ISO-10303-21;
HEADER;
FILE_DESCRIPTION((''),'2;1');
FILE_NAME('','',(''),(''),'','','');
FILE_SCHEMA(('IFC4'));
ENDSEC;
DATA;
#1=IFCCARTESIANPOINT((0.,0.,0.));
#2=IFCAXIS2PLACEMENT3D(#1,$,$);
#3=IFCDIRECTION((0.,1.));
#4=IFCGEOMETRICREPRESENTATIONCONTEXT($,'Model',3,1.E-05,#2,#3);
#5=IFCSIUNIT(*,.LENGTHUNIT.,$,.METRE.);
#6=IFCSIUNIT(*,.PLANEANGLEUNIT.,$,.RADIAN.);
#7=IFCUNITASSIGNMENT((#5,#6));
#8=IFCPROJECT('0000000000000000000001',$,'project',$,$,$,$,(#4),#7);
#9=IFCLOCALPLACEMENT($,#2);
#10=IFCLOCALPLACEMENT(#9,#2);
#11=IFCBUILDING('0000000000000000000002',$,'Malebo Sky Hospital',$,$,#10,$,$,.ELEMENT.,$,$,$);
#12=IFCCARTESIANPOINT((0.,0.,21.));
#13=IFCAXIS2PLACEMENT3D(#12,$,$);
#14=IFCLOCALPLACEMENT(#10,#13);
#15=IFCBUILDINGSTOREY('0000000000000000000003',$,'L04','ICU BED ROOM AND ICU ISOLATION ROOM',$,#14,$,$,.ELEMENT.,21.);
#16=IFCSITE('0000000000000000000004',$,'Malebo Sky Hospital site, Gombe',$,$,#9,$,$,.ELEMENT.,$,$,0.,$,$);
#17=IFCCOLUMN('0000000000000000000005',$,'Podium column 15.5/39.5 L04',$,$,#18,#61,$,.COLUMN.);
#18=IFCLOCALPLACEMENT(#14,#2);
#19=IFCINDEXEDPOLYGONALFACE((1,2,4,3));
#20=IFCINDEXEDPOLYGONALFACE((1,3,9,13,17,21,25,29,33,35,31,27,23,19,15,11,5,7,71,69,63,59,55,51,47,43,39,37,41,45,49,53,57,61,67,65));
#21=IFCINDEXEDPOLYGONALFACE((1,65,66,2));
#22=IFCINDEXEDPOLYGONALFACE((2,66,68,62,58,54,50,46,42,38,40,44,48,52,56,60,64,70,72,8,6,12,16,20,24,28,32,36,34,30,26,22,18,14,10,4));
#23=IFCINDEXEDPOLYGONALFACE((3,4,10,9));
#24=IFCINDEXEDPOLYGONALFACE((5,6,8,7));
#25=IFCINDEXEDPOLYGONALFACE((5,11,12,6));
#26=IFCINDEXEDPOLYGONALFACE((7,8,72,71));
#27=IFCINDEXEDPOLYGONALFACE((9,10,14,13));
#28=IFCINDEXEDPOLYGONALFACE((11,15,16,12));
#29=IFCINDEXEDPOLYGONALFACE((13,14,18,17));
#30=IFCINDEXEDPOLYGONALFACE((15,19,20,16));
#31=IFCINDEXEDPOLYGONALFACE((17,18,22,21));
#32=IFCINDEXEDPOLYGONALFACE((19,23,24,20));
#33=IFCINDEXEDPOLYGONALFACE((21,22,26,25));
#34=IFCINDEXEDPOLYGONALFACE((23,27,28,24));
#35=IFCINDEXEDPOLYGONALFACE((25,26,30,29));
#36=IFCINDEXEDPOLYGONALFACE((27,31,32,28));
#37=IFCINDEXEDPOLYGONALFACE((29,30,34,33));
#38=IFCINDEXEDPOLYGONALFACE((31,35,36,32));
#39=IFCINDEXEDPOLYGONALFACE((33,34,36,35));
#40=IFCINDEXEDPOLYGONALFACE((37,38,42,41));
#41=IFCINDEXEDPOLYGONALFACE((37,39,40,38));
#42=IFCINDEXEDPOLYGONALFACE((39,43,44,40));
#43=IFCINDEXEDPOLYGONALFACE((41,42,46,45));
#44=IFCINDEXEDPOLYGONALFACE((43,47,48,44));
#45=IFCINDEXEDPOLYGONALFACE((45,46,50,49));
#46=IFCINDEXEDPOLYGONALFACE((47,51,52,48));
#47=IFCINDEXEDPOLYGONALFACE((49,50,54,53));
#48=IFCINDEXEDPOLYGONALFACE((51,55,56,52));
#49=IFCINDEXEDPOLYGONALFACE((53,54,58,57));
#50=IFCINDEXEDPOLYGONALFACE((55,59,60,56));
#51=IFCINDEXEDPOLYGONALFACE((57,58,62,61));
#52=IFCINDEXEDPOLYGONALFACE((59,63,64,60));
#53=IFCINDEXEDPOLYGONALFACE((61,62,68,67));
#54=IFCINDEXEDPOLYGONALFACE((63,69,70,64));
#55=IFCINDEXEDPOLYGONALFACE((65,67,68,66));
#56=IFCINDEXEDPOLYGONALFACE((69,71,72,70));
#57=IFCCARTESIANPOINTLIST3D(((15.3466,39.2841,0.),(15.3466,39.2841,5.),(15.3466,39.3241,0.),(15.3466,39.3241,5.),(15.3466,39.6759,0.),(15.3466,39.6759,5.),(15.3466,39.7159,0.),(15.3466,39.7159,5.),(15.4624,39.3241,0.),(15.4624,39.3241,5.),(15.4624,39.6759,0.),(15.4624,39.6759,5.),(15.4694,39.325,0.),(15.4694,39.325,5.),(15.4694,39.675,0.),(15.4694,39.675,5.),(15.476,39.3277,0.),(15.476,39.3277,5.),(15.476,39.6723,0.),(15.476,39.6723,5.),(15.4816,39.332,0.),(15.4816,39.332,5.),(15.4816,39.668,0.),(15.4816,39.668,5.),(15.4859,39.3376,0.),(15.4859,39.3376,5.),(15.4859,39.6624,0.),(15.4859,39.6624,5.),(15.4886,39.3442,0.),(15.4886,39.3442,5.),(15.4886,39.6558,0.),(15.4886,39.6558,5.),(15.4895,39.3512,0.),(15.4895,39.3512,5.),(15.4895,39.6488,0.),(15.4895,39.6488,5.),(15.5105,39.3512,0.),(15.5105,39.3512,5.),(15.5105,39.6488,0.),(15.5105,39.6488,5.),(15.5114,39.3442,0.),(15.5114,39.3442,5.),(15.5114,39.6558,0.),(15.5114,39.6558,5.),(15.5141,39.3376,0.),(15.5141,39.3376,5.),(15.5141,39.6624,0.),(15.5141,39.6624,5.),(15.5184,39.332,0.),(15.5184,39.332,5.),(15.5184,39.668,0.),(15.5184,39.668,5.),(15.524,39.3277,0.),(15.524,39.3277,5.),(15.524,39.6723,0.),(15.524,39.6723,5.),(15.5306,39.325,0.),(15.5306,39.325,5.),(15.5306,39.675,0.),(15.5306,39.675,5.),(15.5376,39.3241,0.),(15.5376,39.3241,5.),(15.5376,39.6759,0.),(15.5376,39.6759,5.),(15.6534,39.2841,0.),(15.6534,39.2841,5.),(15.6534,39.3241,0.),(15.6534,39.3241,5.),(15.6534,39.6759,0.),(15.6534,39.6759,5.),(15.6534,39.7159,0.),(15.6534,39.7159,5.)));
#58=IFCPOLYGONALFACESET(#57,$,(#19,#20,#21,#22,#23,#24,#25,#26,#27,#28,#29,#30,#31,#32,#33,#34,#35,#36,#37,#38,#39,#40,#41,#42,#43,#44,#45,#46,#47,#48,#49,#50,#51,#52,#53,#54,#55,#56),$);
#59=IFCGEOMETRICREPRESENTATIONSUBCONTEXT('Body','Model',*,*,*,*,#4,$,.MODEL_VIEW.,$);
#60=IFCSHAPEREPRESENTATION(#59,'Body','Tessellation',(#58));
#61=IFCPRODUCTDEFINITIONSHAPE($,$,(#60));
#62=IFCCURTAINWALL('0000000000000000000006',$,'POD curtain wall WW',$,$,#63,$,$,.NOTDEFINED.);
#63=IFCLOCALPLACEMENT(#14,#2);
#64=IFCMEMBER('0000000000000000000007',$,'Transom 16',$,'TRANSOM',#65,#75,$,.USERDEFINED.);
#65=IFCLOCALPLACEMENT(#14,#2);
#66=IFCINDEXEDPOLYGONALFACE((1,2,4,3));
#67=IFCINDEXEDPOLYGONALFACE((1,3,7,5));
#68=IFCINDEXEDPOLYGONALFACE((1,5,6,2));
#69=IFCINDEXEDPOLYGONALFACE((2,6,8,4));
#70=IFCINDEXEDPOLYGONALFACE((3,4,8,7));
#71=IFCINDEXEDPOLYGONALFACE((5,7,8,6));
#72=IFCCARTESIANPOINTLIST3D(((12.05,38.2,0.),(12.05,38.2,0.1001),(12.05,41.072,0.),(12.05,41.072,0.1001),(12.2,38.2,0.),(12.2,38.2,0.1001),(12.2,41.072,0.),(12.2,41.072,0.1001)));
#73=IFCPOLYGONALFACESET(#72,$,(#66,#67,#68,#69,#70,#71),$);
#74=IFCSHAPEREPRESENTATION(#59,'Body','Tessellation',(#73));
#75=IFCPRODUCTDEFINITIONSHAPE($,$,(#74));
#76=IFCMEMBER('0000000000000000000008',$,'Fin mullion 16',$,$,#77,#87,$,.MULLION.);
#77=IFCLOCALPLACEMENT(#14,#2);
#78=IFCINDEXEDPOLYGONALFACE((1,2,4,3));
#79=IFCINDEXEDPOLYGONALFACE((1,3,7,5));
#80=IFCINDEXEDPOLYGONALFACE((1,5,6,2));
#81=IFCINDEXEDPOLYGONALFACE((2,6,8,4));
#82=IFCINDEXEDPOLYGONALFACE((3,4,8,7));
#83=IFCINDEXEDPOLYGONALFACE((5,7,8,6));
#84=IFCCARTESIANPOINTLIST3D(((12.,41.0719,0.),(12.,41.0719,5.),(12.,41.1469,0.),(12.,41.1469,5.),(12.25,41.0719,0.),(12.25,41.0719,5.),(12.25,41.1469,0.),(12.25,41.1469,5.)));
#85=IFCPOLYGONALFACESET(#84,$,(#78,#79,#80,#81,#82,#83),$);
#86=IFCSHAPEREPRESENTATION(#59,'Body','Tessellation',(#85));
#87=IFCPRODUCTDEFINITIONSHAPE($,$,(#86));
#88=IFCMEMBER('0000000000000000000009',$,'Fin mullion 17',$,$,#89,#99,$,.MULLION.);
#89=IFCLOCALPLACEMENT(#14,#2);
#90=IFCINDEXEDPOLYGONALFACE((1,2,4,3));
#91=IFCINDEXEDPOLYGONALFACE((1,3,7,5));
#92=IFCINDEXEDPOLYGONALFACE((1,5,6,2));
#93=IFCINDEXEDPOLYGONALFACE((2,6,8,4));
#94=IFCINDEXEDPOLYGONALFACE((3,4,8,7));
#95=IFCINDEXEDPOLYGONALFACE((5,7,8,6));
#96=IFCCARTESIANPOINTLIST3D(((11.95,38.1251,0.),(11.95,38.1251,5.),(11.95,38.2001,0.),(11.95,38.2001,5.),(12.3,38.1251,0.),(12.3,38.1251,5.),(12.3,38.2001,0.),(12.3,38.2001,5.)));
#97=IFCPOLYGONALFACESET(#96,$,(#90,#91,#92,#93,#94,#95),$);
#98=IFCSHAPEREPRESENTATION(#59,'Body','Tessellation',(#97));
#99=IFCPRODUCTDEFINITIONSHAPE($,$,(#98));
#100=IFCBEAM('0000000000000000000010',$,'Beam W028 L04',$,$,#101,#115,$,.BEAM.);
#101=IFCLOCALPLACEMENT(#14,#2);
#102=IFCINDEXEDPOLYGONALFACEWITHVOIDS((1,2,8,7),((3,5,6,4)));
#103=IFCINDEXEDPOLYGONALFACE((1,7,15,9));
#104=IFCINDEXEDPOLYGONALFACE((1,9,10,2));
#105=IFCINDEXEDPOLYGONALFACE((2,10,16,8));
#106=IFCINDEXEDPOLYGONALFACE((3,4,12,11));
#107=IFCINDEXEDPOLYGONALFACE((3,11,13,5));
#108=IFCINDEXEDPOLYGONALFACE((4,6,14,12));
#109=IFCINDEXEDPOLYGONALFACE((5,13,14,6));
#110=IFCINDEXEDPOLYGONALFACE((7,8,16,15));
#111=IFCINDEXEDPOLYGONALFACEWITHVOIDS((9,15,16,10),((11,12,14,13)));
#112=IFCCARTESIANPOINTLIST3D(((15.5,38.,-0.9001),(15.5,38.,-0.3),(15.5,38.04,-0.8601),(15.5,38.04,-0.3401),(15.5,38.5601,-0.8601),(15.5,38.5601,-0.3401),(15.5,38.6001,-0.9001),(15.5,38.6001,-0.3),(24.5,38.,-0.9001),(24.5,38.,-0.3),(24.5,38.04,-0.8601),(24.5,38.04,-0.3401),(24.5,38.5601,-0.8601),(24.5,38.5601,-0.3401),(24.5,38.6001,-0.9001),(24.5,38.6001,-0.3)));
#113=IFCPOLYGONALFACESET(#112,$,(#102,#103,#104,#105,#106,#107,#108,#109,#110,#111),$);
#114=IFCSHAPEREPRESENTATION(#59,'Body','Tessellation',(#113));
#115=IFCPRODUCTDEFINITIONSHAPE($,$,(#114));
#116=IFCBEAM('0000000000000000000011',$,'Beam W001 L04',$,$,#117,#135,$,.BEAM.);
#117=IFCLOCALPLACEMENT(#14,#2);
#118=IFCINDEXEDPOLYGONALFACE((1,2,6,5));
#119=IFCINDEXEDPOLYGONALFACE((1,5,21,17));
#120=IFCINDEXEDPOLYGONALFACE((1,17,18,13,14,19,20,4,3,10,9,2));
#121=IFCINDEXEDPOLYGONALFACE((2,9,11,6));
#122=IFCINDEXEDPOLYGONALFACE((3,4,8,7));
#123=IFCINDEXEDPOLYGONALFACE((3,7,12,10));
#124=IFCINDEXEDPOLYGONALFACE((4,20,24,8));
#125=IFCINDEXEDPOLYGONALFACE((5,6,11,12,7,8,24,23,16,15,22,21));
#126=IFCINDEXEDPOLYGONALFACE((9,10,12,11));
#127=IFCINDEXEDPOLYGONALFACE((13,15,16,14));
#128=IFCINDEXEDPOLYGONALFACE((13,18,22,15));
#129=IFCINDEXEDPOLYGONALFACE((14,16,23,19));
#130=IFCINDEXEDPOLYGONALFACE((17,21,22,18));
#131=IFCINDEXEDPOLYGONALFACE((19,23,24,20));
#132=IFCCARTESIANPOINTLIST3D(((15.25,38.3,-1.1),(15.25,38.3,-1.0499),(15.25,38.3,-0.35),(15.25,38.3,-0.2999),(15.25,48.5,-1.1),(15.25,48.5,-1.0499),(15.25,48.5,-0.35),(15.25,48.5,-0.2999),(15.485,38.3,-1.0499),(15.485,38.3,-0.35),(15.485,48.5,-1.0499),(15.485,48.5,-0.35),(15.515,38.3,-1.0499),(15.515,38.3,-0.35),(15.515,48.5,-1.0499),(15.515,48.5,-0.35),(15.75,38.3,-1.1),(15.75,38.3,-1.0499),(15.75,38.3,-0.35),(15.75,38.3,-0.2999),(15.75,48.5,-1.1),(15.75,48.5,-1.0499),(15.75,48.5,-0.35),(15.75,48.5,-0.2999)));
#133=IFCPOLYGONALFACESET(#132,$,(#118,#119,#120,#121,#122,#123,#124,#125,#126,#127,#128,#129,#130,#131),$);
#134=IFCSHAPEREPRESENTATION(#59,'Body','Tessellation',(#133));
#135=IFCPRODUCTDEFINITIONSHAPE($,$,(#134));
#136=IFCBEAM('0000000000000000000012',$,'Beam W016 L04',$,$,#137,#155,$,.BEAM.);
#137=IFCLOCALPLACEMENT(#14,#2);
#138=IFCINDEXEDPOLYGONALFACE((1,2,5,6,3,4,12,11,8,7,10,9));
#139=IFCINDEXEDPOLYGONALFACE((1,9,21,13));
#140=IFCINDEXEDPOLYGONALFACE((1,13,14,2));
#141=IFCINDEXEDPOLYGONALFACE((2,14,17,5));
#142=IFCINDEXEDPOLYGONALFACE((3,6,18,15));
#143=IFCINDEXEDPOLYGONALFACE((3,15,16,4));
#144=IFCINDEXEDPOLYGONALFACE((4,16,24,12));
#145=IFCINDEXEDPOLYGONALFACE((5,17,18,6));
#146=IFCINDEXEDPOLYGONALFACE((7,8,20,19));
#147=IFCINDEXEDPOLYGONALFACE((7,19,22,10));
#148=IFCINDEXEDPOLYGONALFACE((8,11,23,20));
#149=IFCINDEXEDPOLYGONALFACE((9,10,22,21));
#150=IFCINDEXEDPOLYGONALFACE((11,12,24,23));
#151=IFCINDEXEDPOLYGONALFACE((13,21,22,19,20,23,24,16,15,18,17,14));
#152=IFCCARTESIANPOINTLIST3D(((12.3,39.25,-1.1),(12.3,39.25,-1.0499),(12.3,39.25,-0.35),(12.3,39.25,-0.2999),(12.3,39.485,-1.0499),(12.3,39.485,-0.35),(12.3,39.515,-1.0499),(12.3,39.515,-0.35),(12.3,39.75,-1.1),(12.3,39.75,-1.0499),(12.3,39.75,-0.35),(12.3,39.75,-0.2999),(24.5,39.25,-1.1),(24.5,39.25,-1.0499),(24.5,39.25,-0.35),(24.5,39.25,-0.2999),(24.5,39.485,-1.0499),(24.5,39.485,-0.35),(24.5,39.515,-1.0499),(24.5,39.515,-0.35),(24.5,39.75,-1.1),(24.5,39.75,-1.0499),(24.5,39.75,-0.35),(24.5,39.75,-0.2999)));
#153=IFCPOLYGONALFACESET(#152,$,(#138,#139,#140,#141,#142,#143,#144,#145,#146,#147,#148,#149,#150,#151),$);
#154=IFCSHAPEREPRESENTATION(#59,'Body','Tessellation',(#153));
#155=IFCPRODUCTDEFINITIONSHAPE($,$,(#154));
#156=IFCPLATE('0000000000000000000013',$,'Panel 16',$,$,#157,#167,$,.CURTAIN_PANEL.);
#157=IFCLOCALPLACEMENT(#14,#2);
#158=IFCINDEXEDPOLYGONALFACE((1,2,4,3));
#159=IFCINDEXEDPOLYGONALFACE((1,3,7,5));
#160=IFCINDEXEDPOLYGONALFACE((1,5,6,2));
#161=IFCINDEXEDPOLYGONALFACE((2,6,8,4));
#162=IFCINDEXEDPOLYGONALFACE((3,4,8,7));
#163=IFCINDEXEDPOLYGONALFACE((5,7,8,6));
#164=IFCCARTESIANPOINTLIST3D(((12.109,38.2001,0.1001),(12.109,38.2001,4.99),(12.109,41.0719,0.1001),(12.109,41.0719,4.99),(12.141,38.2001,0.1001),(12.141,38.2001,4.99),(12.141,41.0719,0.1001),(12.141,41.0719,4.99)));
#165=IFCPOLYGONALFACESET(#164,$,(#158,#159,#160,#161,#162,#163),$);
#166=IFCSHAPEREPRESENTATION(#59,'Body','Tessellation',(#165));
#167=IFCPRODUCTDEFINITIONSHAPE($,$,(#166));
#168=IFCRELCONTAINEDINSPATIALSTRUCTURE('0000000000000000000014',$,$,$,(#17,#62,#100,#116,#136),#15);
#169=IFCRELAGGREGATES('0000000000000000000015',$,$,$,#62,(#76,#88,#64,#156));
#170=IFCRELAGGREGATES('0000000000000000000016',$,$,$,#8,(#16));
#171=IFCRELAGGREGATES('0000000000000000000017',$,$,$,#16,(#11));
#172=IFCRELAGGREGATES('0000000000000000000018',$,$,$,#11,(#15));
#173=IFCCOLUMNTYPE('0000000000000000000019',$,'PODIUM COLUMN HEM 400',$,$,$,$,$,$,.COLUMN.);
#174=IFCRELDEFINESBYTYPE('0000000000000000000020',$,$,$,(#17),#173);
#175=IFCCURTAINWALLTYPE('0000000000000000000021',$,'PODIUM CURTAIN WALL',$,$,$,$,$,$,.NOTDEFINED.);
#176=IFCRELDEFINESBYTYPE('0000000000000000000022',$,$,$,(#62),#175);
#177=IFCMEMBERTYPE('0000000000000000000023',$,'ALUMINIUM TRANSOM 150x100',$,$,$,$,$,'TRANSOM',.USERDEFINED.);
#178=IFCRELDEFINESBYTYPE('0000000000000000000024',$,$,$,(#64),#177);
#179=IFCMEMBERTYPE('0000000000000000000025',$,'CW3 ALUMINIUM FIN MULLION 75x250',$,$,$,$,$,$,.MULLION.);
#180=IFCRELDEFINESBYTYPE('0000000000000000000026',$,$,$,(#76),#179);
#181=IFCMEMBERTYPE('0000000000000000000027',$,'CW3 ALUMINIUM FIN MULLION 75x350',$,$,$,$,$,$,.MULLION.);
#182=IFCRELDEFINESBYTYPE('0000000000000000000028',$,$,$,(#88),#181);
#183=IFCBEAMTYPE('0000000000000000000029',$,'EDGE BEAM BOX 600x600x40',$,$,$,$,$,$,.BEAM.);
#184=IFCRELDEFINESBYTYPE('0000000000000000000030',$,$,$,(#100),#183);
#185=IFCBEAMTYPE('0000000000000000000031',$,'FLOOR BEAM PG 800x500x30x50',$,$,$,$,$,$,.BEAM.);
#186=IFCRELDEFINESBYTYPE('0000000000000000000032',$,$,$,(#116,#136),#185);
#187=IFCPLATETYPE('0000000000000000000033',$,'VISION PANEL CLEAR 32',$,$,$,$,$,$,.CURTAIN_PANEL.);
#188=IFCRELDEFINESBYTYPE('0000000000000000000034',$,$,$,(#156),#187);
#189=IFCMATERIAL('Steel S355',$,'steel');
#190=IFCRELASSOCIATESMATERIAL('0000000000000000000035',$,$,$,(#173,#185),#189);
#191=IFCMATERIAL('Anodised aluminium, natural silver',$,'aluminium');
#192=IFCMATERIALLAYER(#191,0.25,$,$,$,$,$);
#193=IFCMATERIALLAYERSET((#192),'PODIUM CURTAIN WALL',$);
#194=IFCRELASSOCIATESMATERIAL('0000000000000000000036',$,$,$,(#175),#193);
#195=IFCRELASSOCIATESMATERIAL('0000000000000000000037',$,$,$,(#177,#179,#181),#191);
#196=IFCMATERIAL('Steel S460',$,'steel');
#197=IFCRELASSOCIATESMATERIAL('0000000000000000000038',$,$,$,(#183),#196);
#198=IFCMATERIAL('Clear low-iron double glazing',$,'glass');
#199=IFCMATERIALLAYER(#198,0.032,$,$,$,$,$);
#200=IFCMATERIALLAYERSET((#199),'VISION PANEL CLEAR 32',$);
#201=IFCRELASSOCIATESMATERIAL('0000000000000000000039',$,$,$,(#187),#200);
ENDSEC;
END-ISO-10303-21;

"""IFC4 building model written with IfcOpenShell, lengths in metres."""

from ifc_helpers import new_model, si_unit, direction, frame, origin, origin_2d, place, context, subcontext, project, spatial, rectangle, hollow_rectangle, i_section, extrude, material, layer, layer_set, material_profile, profile_set, type_object, element, aggregate, save


model = new_model("IFC4")

# Units and contexts
model_context = context("Model", 3, precision=1e-05, world=origin(), true_north=direction((0.0, 1.0)))
body_context = subcontext(model_context, "Body", "Model", "MODEL_VIEW")
ifc_project = project(units=[si_unit("LENGTHUNIT", "METRE"), si_unit("PLANEANGLEUNIT", "RADIAN")], contexts=[model_context])

# Site, building, storey
site_placement = place(None, origin())
site = spatial("IfcSite", under=ifc_project, at=site_placement, Name="Malebo Sky Hospital site, Gombe", CompositionType="ELEMENT", RefElevation=0.0)
building_placement = place(site_placement, origin())
building = spatial("IfcBuilding", under=site, at=building_placement, Name="Malebo Sky Hospital", CompositionType="ELEMENT")
storey_placement = place(building_placement, frame((0.0, 0.0, 21.0)))
storey = spatial("IfcBuildingStorey", under=building, at=storey_placement, Name="L04", Description="ICU BED ROOM AND ICU ISOLATION ROOM", CompositionType="ELEMENT", Elevation=21.0)

# Column
ifc_material_1 = material(Name="Steel S355", Category="steel")
ifc_material_profile_1 = material_profile(ifc_material_1, i_section(OverallWidth=0.3069, OverallDepth=0.4319, WebThickness=0.021, FlangeThickness=0.04, FilletRadius=0.0271, at=origin_2d()), Name="HEM 400")
ifc_profile_set_1 = profile_set([ifc_material_profile_1], Name="Steel S355")
column_type = type_object("IfcColumnType", Name="PODIUM COLUMN HEM 400", PredefinedType="COLUMN", material=ifc_profile_set_1)
column_placement = place(storey_placement, frame((15.5, 39.5, 0.0), z_axis=(0.0, 0.0, 1.0), x_axis=(1.0, 0.0, 0.0)))
element("IfcColumn", 1, at=column_placement, inside=storey, type_object=column_type, Name="Podium column 15.5/39.5 L04", PredefinedType="COLUMN", context=body_context, shape_type="SweptSolid", body=[
    extrude(i_section(OverallWidth=0.3069, OverallDepth=0.4319, WebThickness=0.021, FlangeThickness=0.04, FilletRadius=0.0271, at=origin_2d()), origin(), (0.0, 0.0, 1.0), 5.0),
])

# Curtain wall, members
ifc_material_2 = material(Name="Anodised aluminium, natural silver", Category="aluminium")
ifc_layer_1 = layer(ifc_material_2, 0.25)
ifc_layer_set_1 = layer_set([ifc_layer_1], Name="PODIUM CURTAIN WALL")
curtain_wall_type = type_object("IfcCurtainWallType", Name="PODIUM CURTAIN WALL", PredefinedType="NOTDEFINED", material=ifc_layer_set_1)
curtain_wall_placement = place(storey_placement, origin())
curtain_wall = element("IfcCurtainWall", 2, at=curtain_wall_placement, inside=storey, type_object=curtain_wall_type, Name="POD curtain wall WW", PredefinedType="NOTDEFINED")
ifc_material_profile_2 = material_profile(ifc_material_2, rectangle(XDim=0.1499, YDim=0.1001, at=origin_2d()), Name="ALUMINIUM TRANSOM 150x100")
ifc_profile_set_2 = profile_set([ifc_material_profile_2], Name="Anodised aluminium, natural silver")
member_type_1 = type_object("IfcMemberType", Name="ALUMINIUM TRANSOM 150x100", ElementType="TRANSOM", PredefinedType="USERDEFINED", material=ifc_profile_set_2)
member_1_placement = place(storey_placement, frame((12.125, 41.072, 0.05), z_axis=(0.0, -1.0, 0.0), x_axis=(1.0, 0.0, 0.0)))
member_1 = element("IfcMember", 3, at=member_1_placement, type_object=member_type_1, Name="Transom 16", ObjectType="TRANSOM", PredefinedType="USERDEFINED", context=body_context, shape_type="SweptSolid", body=[
    extrude(rectangle(XDim=0.1499, YDim=0.1001, at=origin_2d()), origin(), (0.0, 0.0, 1.0), 2.8721),
])
ifc_material_profile_3 = material_profile(ifc_material_2, rectangle(XDim=0.075, YDim=0.25, at=origin_2d()), Name="CW3 ALUMINIUM FIN MULLION 75x250")
ifc_profile_set_3 = profile_set([ifc_material_profile_3], Name="Anodised aluminium, natural silver")
member_type_2 = type_object("IfcMemberType", Name="CW3 ALUMINIUM FIN MULLION 75x250", PredefinedType="MULLION", material=ifc_profile_set_3)
member_2_placement = place(storey_placement, frame((12.125, 41.1094, 0.0), z_axis=(0.0, 0.0, 1.0), x_axis=(0.0, -1.0, 0.0)))
member_2 = element("IfcMember", 4, at=member_2_placement, type_object=member_type_2, Name="Fin mullion 16", PredefinedType="MULLION", context=body_context, shape_type="SweptSolid", body=[
    extrude(rectangle(XDim=0.075, YDim=0.25, at=origin_2d()), origin(), (0.0, 0.0, 1.0), 5.0),
])
ifc_material_profile_4 = material_profile(ifc_material_2, rectangle(XDim=0.075, YDim=0.3501, at=origin_2d()), Name="CW3 ALUMINIUM FIN MULLION 75x350")
ifc_profile_set_4 = profile_set([ifc_material_profile_4], Name="Anodised aluminium, natural silver")
member_type_3 = type_object("IfcMemberType", Name="CW3 ALUMINIUM FIN MULLION 75x350", PredefinedType="MULLION", material=ifc_profile_set_4)
member_3_placement = place(storey_placement, frame((12.125, 38.1626, 0.0), z_axis=(0.0, 0.0, 1.0), x_axis=(0.0, -1.0, 0.0)))
member_3 = element("IfcMember", 5, at=member_3_placement, type_object=member_type_3, Name="Fin mullion 17", PredefinedType="MULLION", context=body_context, shape_type="SweptSolid", body=[
    extrude(rectangle(XDim=0.075, YDim=0.3501, at=origin_2d()), origin(), (0.0, 0.0, 1.0), 5.0),
])

# Beams
ifc_material_3 = material(Name="Steel S460", Category="steel")
ifc_material_profile_5 = material_profile(ifc_material_3, hollow_rectangle(XDim=0.6001, YDim=0.6001, WallThickness=0.04, at=origin_2d()), Name="BOX 600x600x40")
ifc_profile_set_5 = profile_set([ifc_material_profile_5], Name="Steel S460")
beam_type_1 = type_object("IfcBeamType", Name="EDGE BEAM BOX 600x600x40", PredefinedType="BEAM", material=ifc_profile_set_5)
beam_1_placement = place(storey_placement, frame((15.5, 38.3, -0.6001), z_axis=(1.0, 0.0, 0.0), x_axis=(0.0, 1.0, 0.0)))
element("IfcBeam", 6, at=beam_1_placement, inside=storey, type_object=beam_type_1, Name="Beam W028 L04", PredefinedType="BEAM", context=body_context, shape_type="SweptSolid", body=[
    extrude(hollow_rectangle(XDim=0.6001, YDim=0.6001, WallThickness=0.04, at=origin_2d()), origin(), (0.0, 0.0, 1.0), 9.0),
])
ifc_material_profile_6 = material_profile(ifc_material_1, i_section(OverallWidth=0.5, OverallDepth=0.8, WebThickness=0.03, FlangeThickness=0.05, at=origin_2d()), Name="PG 800x500x30x50")
ifc_profile_set_6 = profile_set([ifc_material_profile_6], Name="Steel S355")
beam_type_2 = type_object("IfcBeamType", Name="FLOOR BEAM PG 800x500x30x50", PredefinedType="BEAM", material=ifc_profile_set_6)
beam_2_placement = place(storey_placement, frame((15.5, 38.3, -0.7), z_axis=(0.0, 1.0, 0.0), x_axis=(-1.0, 0.0, 0.0)))
element("IfcBeam", 7, at=beam_2_placement, inside=storey, type_object=beam_type_2, Name="Beam W001 L04", PredefinedType="BEAM", context=body_context, shape_type="SweptSolid", body=[
    extrude(i_section(OverallWidth=0.5, OverallDepth=0.8, WebThickness=0.03, FlangeThickness=0.05, at=origin_2d()), origin(), (0.0, 0.0, 1.0), 10.2),
])
beam_3_placement = place(storey_placement, frame((12.3, 39.5, -0.7), z_axis=(1.0, 0.0, 0.0), x_axis=(0.0, 1.0, 0.0)))
element("IfcBeam", 8, at=beam_3_placement, inside=storey, type_object=beam_type_2, Name="Beam W016 L04", PredefinedType="BEAM", context=body_context, shape_type="SweptSolid", body=[
    extrude(i_section(OverallWidth=0.5, OverallDepth=0.8, WebThickness=0.03, FlangeThickness=0.05, at=origin_2d()), origin(), (0.0, 0.0, 1.0), 12.2),
])

# Plate
ifc_material_4 = material(Name="Clear low-iron double glazing", Category="glass")
ifc_layer_2 = layer(ifc_material_4, 0.032)
ifc_layer_set_2 = layer_set([ifc_layer_2], Name="VISION PANEL CLEAR 32")
plate_type = type_object("IfcPlateType", Name="VISION PANEL CLEAR 32", PredefinedType="CURTAIN_PANEL", material=ifc_layer_set_2)
plate_placement = place(storey_placement, frame((12.125, 39.636, 0.1001), z_axis=(0.0, 0.0, 1.0), x_axis=(0.0, -1.0, 0.0)))
plate = element("IfcPlate", 9, at=plate_placement, type_object=plate_type, Name="Panel 16", PredefinedType="CURTAIN_PANEL", context=body_context, shape_type="SweptSolid", body=[
    extrude(rectangle(XDim=2.8718, YDim=0.032, at=origin_2d()), origin(), (0.0, 0.0, 1.0), 4.8899),
])
aggregate(curtain_wall, [member_2, member_3, member_1, plate])

save(model, "model.ifc")
